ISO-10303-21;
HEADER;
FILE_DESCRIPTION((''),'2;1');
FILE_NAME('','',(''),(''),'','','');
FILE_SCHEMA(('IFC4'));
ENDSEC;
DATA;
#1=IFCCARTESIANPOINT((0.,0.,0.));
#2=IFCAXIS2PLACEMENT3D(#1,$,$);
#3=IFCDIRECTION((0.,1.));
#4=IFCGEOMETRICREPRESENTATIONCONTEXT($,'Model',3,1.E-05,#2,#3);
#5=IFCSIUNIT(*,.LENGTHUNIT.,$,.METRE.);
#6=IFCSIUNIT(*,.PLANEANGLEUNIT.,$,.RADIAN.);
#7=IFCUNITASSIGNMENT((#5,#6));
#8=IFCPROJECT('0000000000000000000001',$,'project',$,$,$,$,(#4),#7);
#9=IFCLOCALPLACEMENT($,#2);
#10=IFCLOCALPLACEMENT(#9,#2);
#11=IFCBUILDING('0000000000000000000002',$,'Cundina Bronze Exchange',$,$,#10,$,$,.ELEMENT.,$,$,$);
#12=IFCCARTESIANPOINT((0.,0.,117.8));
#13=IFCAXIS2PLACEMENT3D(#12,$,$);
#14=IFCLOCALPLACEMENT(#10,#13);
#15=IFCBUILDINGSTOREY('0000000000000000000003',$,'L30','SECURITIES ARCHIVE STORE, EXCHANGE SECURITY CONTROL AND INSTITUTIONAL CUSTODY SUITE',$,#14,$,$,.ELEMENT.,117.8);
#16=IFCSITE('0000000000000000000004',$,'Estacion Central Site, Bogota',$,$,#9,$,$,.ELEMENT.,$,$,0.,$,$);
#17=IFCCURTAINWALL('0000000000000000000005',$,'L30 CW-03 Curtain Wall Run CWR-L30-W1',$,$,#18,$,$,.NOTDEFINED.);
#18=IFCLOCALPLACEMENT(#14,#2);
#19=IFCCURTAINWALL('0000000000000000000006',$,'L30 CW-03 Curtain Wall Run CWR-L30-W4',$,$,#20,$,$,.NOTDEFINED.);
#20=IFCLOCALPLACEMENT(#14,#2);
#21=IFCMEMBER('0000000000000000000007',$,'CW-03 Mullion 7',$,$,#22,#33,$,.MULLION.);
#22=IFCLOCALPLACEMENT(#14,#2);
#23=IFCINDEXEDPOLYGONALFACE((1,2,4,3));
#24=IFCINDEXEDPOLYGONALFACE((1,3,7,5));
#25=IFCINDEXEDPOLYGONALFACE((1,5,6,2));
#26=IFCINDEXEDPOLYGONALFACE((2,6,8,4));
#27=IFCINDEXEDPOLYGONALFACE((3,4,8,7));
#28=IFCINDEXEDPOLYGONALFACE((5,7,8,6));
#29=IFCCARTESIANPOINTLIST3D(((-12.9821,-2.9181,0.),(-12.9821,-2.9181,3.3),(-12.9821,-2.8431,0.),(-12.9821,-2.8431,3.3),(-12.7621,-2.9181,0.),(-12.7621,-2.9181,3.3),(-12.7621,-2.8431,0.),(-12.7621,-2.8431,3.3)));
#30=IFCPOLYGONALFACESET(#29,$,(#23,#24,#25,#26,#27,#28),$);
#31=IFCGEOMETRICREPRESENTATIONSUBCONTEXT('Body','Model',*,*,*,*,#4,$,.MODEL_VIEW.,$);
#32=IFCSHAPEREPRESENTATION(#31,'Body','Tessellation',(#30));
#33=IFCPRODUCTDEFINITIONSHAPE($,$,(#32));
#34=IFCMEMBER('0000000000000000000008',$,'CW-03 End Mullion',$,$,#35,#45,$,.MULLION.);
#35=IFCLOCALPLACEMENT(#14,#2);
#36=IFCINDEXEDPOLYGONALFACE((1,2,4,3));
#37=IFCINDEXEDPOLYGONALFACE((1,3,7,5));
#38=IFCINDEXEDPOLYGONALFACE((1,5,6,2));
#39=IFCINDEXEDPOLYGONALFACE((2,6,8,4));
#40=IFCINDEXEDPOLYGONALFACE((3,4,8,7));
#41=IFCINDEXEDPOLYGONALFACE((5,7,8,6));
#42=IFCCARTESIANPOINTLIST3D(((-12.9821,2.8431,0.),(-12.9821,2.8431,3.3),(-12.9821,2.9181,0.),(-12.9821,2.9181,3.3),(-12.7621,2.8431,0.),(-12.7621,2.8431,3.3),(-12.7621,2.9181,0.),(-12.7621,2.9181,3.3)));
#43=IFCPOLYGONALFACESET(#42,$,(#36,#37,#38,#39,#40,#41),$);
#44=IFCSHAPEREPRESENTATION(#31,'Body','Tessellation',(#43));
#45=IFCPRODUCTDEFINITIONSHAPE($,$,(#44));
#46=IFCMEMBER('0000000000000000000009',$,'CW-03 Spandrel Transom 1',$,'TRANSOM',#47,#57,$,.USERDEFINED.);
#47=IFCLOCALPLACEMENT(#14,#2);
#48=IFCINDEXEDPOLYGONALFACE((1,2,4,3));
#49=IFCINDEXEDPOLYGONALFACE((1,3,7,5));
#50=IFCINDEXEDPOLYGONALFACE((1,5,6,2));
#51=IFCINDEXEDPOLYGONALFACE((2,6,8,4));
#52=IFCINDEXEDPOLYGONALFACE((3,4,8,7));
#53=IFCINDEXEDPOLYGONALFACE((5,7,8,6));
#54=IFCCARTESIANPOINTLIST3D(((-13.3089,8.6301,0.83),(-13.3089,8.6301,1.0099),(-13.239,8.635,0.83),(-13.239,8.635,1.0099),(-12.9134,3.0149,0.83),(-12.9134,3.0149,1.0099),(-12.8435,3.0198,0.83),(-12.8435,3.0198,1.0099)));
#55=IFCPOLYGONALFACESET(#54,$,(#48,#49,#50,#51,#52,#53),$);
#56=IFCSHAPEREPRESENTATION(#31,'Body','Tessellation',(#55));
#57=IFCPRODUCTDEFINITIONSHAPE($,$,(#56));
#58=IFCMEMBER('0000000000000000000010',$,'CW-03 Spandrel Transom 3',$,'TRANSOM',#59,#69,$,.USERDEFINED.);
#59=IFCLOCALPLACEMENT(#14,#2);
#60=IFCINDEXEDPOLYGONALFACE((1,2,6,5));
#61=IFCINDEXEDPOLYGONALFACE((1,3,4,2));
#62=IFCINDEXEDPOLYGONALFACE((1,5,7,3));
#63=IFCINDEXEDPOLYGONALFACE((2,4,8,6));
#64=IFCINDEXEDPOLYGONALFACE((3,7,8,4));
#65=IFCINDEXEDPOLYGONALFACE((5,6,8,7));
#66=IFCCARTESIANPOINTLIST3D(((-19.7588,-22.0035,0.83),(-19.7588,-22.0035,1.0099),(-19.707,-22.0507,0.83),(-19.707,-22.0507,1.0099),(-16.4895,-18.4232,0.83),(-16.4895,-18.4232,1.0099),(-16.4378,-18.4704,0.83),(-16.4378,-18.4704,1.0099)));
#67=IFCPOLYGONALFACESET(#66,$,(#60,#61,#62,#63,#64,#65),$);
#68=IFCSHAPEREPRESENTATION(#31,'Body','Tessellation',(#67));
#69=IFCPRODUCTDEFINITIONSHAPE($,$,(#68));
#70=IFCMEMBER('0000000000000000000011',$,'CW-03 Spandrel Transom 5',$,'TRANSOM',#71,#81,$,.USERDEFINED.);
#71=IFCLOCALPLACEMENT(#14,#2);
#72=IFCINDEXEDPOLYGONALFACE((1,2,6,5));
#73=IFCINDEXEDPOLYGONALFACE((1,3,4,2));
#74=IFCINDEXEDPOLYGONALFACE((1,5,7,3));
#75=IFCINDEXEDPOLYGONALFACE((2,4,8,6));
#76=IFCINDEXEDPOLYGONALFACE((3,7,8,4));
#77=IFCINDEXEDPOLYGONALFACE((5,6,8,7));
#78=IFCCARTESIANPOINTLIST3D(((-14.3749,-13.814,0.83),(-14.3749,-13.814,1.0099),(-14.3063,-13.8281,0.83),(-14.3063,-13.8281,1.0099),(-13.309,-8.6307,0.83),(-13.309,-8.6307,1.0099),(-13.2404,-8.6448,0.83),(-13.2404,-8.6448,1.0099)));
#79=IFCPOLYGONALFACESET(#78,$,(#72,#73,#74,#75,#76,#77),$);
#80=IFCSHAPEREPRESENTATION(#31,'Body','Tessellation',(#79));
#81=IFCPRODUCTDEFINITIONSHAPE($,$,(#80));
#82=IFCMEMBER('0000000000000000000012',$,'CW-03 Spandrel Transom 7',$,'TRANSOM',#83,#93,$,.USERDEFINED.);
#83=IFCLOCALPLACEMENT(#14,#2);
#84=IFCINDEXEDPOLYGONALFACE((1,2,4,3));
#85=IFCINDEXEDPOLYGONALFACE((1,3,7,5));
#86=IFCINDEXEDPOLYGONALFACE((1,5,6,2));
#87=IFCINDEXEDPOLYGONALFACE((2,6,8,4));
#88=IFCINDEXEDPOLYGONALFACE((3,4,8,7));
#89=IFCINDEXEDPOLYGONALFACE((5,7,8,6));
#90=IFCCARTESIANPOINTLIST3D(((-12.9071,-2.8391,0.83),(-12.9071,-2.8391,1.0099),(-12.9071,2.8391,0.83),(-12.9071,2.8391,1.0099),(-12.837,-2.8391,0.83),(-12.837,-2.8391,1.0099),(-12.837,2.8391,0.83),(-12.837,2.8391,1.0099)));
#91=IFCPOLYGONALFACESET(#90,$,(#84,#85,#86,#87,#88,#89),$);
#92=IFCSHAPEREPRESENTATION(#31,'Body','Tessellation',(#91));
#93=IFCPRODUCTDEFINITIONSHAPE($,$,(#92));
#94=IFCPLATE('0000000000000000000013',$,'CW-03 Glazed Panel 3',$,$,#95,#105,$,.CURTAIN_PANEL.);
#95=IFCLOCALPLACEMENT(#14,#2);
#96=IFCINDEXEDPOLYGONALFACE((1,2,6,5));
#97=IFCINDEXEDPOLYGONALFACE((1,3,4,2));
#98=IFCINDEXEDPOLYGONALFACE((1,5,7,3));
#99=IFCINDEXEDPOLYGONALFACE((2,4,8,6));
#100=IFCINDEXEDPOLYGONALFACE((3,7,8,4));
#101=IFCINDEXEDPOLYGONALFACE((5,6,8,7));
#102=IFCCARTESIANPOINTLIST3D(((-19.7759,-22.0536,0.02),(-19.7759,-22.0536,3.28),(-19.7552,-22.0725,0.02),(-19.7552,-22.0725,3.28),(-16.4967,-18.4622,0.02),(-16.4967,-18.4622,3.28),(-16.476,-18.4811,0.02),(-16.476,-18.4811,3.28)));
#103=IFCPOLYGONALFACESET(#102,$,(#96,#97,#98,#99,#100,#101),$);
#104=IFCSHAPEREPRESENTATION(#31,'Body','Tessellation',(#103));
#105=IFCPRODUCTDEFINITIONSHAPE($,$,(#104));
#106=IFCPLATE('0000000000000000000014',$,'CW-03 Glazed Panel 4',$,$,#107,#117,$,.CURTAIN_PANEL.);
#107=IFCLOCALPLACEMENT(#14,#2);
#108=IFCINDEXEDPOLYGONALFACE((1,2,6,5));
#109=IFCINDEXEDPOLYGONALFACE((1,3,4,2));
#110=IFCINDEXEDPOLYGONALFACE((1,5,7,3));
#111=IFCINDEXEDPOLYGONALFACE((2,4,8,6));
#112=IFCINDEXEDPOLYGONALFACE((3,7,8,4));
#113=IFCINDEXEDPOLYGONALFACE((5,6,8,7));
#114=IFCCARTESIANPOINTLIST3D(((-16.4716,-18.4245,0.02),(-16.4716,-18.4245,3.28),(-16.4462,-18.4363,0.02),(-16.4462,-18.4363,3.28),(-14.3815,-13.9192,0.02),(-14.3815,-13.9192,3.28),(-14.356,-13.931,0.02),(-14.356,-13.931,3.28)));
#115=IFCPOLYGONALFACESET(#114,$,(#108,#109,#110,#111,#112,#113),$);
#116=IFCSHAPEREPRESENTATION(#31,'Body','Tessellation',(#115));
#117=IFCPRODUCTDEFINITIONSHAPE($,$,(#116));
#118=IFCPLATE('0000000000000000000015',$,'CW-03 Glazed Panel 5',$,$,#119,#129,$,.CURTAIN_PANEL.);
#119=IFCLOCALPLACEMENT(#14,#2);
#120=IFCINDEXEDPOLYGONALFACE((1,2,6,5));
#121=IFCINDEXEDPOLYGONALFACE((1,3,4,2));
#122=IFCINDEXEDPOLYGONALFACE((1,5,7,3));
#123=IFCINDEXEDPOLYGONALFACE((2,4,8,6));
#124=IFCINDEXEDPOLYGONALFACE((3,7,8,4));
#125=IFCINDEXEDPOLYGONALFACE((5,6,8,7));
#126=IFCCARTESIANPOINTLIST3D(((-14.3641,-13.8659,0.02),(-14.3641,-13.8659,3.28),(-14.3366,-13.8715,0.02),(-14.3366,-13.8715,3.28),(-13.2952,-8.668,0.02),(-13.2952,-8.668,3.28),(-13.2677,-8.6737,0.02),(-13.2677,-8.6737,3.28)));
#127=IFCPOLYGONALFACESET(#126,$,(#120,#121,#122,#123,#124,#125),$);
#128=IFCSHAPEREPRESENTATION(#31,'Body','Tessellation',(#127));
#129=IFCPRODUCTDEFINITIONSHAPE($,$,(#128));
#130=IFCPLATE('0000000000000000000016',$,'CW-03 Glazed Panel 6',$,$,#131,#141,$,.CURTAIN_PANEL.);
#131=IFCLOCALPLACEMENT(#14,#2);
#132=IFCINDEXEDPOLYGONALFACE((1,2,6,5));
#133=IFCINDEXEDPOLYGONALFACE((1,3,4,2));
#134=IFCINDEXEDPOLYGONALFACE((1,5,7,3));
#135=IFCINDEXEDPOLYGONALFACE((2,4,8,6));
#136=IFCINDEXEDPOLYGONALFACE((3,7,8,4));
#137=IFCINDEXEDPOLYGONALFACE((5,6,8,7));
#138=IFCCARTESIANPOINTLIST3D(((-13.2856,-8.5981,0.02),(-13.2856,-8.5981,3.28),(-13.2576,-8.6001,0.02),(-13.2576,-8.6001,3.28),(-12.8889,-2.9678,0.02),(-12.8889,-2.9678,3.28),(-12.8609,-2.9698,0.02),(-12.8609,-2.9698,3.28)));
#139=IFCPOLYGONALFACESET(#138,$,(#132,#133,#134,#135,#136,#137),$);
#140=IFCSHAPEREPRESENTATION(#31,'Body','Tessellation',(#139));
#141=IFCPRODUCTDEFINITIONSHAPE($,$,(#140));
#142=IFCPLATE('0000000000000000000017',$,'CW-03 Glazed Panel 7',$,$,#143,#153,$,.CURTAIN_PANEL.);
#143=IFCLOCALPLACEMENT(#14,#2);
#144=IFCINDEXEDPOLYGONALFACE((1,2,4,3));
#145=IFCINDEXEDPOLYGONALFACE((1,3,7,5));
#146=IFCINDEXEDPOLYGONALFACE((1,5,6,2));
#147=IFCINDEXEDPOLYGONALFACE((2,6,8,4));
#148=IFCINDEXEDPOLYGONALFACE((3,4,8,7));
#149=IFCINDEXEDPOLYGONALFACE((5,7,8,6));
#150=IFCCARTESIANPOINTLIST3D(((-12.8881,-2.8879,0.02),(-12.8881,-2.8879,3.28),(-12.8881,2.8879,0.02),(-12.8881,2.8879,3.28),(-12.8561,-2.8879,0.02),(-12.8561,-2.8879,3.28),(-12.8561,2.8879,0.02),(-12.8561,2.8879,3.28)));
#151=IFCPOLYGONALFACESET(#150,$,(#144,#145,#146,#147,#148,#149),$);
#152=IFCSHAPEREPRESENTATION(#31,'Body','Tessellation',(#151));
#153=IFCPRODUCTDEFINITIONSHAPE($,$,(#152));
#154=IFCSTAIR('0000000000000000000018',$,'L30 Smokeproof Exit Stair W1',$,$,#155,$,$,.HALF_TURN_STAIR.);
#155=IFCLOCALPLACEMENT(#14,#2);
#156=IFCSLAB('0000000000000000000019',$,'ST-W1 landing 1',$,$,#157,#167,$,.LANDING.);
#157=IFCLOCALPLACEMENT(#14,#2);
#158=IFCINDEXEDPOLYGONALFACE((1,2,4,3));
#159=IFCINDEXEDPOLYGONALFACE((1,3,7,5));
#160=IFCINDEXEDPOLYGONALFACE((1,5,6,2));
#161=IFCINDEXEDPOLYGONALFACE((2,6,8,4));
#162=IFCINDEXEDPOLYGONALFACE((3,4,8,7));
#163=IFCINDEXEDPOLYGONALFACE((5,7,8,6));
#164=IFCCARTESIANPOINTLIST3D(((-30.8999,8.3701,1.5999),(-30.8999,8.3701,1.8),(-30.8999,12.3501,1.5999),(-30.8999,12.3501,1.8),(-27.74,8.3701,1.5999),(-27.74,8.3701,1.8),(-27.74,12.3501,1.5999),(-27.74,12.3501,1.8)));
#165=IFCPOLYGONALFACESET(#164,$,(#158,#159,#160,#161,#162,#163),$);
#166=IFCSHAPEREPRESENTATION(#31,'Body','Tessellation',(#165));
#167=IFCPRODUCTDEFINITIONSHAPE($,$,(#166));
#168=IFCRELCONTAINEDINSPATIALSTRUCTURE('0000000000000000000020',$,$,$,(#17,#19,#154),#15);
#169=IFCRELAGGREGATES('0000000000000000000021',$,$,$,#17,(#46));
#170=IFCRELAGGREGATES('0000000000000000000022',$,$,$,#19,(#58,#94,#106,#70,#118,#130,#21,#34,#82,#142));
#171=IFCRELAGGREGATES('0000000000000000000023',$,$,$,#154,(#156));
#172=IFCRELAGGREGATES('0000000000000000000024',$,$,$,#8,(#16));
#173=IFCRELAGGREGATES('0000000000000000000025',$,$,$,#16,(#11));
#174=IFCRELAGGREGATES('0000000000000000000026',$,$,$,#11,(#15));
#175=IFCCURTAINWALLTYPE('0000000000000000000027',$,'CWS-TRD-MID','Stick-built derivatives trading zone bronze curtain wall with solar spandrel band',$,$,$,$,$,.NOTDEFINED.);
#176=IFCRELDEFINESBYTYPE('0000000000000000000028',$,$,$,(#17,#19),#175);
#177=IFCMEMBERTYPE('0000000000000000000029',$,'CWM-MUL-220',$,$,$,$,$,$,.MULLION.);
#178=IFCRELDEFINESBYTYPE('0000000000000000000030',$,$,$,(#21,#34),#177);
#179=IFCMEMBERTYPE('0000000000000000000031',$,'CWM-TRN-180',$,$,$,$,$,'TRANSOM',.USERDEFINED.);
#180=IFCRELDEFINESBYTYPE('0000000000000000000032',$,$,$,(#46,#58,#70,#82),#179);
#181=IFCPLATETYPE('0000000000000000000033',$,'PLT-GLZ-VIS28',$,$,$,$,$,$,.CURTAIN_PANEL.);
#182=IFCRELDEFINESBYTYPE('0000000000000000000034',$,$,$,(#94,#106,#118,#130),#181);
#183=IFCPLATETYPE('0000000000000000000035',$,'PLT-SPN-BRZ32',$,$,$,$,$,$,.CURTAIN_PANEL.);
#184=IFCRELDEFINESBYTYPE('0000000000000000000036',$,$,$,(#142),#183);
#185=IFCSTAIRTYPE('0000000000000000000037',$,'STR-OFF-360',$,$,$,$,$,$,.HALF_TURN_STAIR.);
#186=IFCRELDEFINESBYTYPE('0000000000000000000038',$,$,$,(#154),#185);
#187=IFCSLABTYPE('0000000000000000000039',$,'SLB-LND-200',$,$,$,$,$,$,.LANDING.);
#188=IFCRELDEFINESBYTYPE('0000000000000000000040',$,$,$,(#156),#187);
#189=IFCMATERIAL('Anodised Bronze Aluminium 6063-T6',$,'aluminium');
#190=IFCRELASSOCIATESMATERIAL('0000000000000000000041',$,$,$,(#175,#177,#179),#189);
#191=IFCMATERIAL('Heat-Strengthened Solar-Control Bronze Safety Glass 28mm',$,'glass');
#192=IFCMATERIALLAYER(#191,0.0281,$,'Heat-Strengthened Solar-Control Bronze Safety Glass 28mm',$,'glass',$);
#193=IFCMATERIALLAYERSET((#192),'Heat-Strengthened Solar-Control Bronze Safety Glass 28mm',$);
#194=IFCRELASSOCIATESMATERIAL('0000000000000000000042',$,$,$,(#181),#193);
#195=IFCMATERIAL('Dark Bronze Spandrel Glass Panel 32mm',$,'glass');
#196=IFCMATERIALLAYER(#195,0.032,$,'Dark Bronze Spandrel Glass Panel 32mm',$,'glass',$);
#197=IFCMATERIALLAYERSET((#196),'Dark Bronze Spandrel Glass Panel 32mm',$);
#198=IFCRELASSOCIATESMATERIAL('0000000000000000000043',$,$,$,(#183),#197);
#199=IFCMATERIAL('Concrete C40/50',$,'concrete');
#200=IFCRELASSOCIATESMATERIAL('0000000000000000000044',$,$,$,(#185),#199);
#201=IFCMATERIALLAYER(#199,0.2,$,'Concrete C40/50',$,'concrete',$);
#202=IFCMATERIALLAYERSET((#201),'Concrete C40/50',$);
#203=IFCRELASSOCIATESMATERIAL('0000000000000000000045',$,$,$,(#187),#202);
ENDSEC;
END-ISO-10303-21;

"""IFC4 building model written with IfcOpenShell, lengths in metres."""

from ifc_helpers import new_model, si_unit, direction, frame, origin, origin_2d, place, context, subcontext, project, spatial, polyline, rectangle, outline, extrude, material, layer, layer_set, material_profile, profile_set, type_object, element, aggregate, save


model = new_model("IFC4")

# Units and contexts
model_context = context("Model", 3, precision=1e-05, world=origin(), true_north=direction((0.0, 1.0)))
body_context = subcontext(model_context, "Body", "Model", "MODEL_VIEW")
ifc_project = project(units=[si_unit("LENGTHUNIT", "METRE"), si_unit("PLANEANGLEUNIT", "RADIAN")], contexts=[model_context])

# Site, building, storey
site_placement = place(None, origin())
site = spatial("IfcSite", under=ifc_project, at=site_placement, Name="Estacion Central Site, Bogota", CompositionType="ELEMENT", RefElevation=0.0)
building_placement = place(site_placement, origin())
building = spatial("IfcBuilding", under=site, at=building_placement, Name="Cundina Bronze Exchange", CompositionType="ELEMENT")
storey_placement = place(building_placement, frame((0.0, 0.0, 117.8)))
storey = spatial("IfcBuildingStorey", under=building, at=storey_placement, Name="L30", Description="SECURITIES ARCHIVE STORE, EXCHANGE SECURITY CONTROL AND INSTITUTIONAL CUSTODY SUITE", CompositionType="ELEMENT", Elevation=117.8)

# Curtain wall
ifc_material_1 = material(Name="Anodised Bronze Aluminium 6063-T6", Category="aluminium")
curtain_wall_type = type_object("IfcCurtainWallType", Name="CWS-TRD-MID", Description="Stick-built derivatives trading zone bronze curtain wall with solar spandrel band", PredefinedType="NOTDEFINED", material=ifc_material_1)
curtain_wall_1_placement = place(storey_placement, origin())
curtain_wall_1 = element("IfcCurtainWall", 1, at=curtain_wall_1_placement, inside=storey, type_object=curtain_wall_type, Name="L30 CW-03 Curtain Wall Run CWR-L30-W1", PredefinedType="NOTDEFINED")
ifc_material_profile_1 = material_profile(ifc_material_1, rectangle(XDim=0.075, YDim=0.22, at=origin_2d()), Name="AL75X220", Category="aluminium")
ifc_profile_set_1 = profile_set([ifc_material_profile_1], Name="Anodised Bronze Aluminium 6063-T6")
member_type_1 = type_object("IfcMemberType", Name="CWM-MUL-220", PredefinedType="MULLION", material=ifc_profile_set_1)

# Curtain wall, members
curtain_wall_2_placement = place(storey_placement, origin())
curtain_wall_2 = element("IfcCurtainWall", 2, at=curtain_wall_2_placement, inside=storey, type_object=curtain_wall_type, Name="L30 CW-03 Curtain Wall Run CWR-L30-W4", PredefinedType="NOTDEFINED")
member_1_placement = place(storey_placement, frame((-12.8721, -2.8806, 0.0), z_axis=(0.0, 0.0, 1.0), x_axis=(0.0, 1.0, 0.0)))
member_1 = element("IfcMember", 3, at=member_1_placement, type_object=member_type_1, Name="CW-03 Mullion 7", PredefinedType="MULLION", context=body_context, shape_type="SweptSolid", body=[
    extrude(rectangle(XDim=0.075, YDim=0.22, at=origin_2d()), origin(), (0.0, 0.0, 1.0), 3.3),
])
member_2_placement = place(storey_placement, frame((-12.8721, 2.8806, 0.0), z_axis=(0.0, 0.0, 1.0), x_axis=(0.0, 1.0, 0.0)))
member_2 = element("IfcMember", 4, at=member_2_placement, type_object=member_type_1, Name="CW-03 End Mullion", PredefinedType="MULLION", context=body_context, shape_type="SweptSolid", body=[
    extrude(rectangle(XDim=0.075, YDim=0.22, at=origin_2d()), origin(), (0.0, 0.0, 1.0), 3.3),
])

# Members
ifc_material_profile_2 = material_profile(ifc_material_1, rectangle(XDim=0.0701, YDim=0.1799, at=origin_2d()), Name="AL70X180", Category="aluminium")
ifc_profile_set_2 = profile_set([ifc_material_profile_2], Name="Anodised Bronze Aluminium 6063-T6")
member_type_2 = type_object("IfcMemberType", Name="CWM-TRN-180", ElementType="TRANSOM", PredefinedType="USERDEFINED", material=ifc_profile_set_2)
member_3_placement = place(storey_placement, frame((-12.8784, 3.0173, 0.9199), z_axis=(-0.070261, 0.997529, 0.0), x_axis=(-0.997529, -0.070261, 0.0)))
member_3 = element("IfcMember", 5, at=member_3_placement, type_object=member_type_2, Name="CW-03 Spandrel Transom 1", ObjectType="TRANSOM", PredefinedType="USERDEFINED", context=body_context, shape_type="SweptSolid", body=[
    extrude(rectangle(XDim=0.0701, YDim=0.1799, at=origin_2d()), origin(), (0.0, 0.0, 1.0), 5.6292),
])
aggregate(curtain_wall_1, [member_3])
member_4_placement = place(storey_placement, frame((-19.7329, -22.0271, 0.9199), z_axis=(0.674303, 0.738455, 0.0), x_axis=(-0.738455, 0.674303, 0.0)))
member_4 = element("IfcMember", 6, at=member_4_placement, type_object=member_type_2, Name="CW-03 Spandrel Transom 3", ObjectType="TRANSOM", PredefinedType="USERDEFINED", context=body_context, shape_type="SweptSolid", body=[
    extrude(rectangle(XDim=0.0701, YDim=0.1799, at=origin_2d()), origin(), (0.0, 0.0, 1.0), 4.8484),
])
member_5_placement = place(storey_placement, frame((-14.3406, -13.821, 0.9199), z_axis=(0.201428, 0.979503, 0.0), x_axis=(-0.979503, 0.201428, 0.0)))
member_5 = element("IfcMember", 7, at=member_5_placement, type_object=member_type_2, Name="CW-03 Spandrel Transom 5", ObjectType="TRANSOM", PredefinedType="USERDEFINED", context=body_context, shape_type="SweptSolid", body=[
    extrude(rectangle(XDim=0.0701, YDim=0.1799, at=origin_2d()), origin(), (0.0, 0.0, 1.0), 5.2917),
])
member_6_placement = place(storey_placement, frame((-12.8721, -2.8391, 0.9199), z_axis=(0.0, 1.0, 0.0), x_axis=(-1.0, 0.0, 0.0)))
member_6 = element("IfcMember", 8, at=member_6_placement, type_object=member_type_2, Name="CW-03 Spandrel Transom 7", ObjectType="TRANSOM", PredefinedType="USERDEFINED", context=body_context, shape_type="SweptSolid", body=[
    extrude(rectangle(XDim=0.0701, YDim=0.1799, at=origin_2d()), origin(), (0.0, 0.0, 1.0), 5.6782),
])

# Plates
ifc_material_2 = material(Name="Heat-Strengthened Solar-Control Bronze Safety Glass 28mm", Category="glass")
ifc_layer_1 = layer(ifc_material_2, 0.0281, Name="Heat-Strengthened Solar-Control Bronze Safety Glass 28mm", Category="glass")
ifc_layer_set_1 = layer_set([ifc_layer_1], Name="Heat-Strengthened Solar-Control Bronze Safety Glass 28mm")
plate_type_1 = type_object("IfcPlateType", Name="PLT-GLZ-VIS28", PredefinedType="CURTAIN_PANEL", material=ifc_layer_set_1)
plate_1_placement = place(storey_placement, frame((-18.126, -20.2673, 0.02), z_axis=(0.0, 0.0, 1.0), x_axis=(0.674277, 0.738479, 0.0)))
plate_1 = element("IfcPlate", 9, at=plate_1_placement, type_object=plate_type_1, Name="CW-03 Glazed Panel 3", PredefinedType="CURTAIN_PANEL", context=body_context, shape_type="SweptSolid", body=[
    extrude(rectangle(XDim=4.8633, YDim=0.0281, at=origin_2d()), origin(), (0.0, 0.0, 1.0), 3.26),
])
plate_2_placement = place(storey_placement, frame((-15.4138, -16.1777, 0.02), z_axis=(0.0, 0.0, 1.0), x_axis=(0.420846, 0.907132, 0.0)))
plate_2 = element("IfcPlate", 10, at=plate_2_placement, type_object=plate_type_1, Name="CW-03 Glazed Panel 4", PredefinedType="CURTAIN_PANEL", context=body_context, shape_type="SweptSolid", body=[
    extrude(rectangle(XDim=4.9666, YDim=0.0281, at=origin_2d()), origin(), (0.0, 0.0, 1.0), 3.26),
])
plate_3_placement = place(storey_placement, frame((-13.8159, -11.2698, 0.02), z_axis=(0.0, 0.0, 1.0), x_axis=(0.20142, 0.979505, 0.0)))
plate_3 = element("IfcPlate", 11, at=plate_3_placement, type_object=plate_type_1, Name="CW-03 Glazed Panel 5", PredefinedType="CURTAIN_PANEL", context=body_context, shape_type="SweptSolid", body=[
    extrude(rectangle(XDim=5.3066, YDim=0.0281, at=origin_2d()), origin(), (0.0, 0.0, 1.0), 3.26),
])
plate_4_placement = place(storey_placement, frame((-13.0732, -5.7839, 0.02), z_axis=(0.0, 0.0, 1.0), x_axis=(0.070279, 0.997527, 0.0)))
plate_4 = element("IfcPlate", 12, at=plate_4_placement, type_object=plate_type_1, Name="CW-03 Glazed Panel 6", PredefinedType="CURTAIN_PANEL", context=body_context, shape_type="SweptSolid", body=[
    extrude(rectangle(XDim=5.6443, YDim=0.0281, at=origin_2d()), origin(), (0.0, 0.0, 1.0), 3.26),
])
ifc_material_3 = material(Name="Dark Bronze Spandrel Glass Panel 32mm", Category="glass")
ifc_layer_2 = layer(ifc_material_3, 0.032, Name="Dark Bronze Spandrel Glass Panel 32mm", Category="glass")
ifc_layer_set_2 = layer_set([ifc_layer_2], Name="Dark Bronze Spandrel Glass Panel 32mm")
plate_type_2 = type_object("IfcPlateType", Name="PLT-SPN-BRZ32", PredefinedType="CURTAIN_PANEL", material=ifc_layer_set_2)
plate_5_placement = place(storey_placement, frame((-12.8721, 0.0, 0.02), z_axis=(0.0, 0.0, 1.0), x_axis=(0.0, 1.0, 0.0)))
plate_5 = element("IfcPlate", 13, at=plate_5_placement, type_object=plate_type_2, Name="CW-03 Glazed Panel 7", PredefinedType="CURTAIN_PANEL", context=body_context, shape_type="SweptSolid", body=[
    extrude(rectangle(XDim=5.7759, YDim=0.032, at=origin_2d()), origin(), (0.0, 0.0, 1.0), 3.26),
])
aggregate(curtain_wall_2, [member_4, plate_1, plate_2, member_5, plate_3, plate_4, member_1, member_2, member_6, plate_5])

# Stair, slab
ifc_material_4 = material(Name="Concrete C40/50", Category="concrete")
stair_type = type_object("IfcStairType", Name="STR-OFF-360", PredefinedType="HALF_TURN_STAIR", material=ifc_material_4)
stair_placement = place(storey_placement, origin())
stair = element("IfcStair", 14, at=stair_placement, inside=storey, type_object=stair_type, Name="L30 Smokeproof Exit Stair W1", PredefinedType="HALF_TURN_STAIR")
ifc_layer_3 = layer(ifc_material_4, 0.2, Name="Concrete C40/50", Category="concrete")
ifc_layer_set_3 = layer_set([ifc_layer_3], Name="Concrete C40/50")
slab_type_1 = type_object("IfcSlabType", Name="SLB-LND-200", PredefinedType="LANDING", material=ifc_layer_set_3)
slab_1_placement = place(storey_placement, frame((0.0, 0.0, 1.5999)))
slab_1 = element("IfcSlab", 15, at=slab_1_placement, type_object=slab_type_1, Name="ST-W1 landing 1", PredefinedType="LANDING", context=body_context, shape_type="SweptSolid", body=[
    extrude(outline(polyline([(-27.74, 8.3701), (-27.74, 12.3501), (-30.8999, 12.3501), (-30.8999, 8.3701), (-27.74, 8.3701)])), origin(), (0.0, 0.0, 1.0), 0.2002),
])
aggregate(stair, [slab_1])

save(model, "model.ifc")
